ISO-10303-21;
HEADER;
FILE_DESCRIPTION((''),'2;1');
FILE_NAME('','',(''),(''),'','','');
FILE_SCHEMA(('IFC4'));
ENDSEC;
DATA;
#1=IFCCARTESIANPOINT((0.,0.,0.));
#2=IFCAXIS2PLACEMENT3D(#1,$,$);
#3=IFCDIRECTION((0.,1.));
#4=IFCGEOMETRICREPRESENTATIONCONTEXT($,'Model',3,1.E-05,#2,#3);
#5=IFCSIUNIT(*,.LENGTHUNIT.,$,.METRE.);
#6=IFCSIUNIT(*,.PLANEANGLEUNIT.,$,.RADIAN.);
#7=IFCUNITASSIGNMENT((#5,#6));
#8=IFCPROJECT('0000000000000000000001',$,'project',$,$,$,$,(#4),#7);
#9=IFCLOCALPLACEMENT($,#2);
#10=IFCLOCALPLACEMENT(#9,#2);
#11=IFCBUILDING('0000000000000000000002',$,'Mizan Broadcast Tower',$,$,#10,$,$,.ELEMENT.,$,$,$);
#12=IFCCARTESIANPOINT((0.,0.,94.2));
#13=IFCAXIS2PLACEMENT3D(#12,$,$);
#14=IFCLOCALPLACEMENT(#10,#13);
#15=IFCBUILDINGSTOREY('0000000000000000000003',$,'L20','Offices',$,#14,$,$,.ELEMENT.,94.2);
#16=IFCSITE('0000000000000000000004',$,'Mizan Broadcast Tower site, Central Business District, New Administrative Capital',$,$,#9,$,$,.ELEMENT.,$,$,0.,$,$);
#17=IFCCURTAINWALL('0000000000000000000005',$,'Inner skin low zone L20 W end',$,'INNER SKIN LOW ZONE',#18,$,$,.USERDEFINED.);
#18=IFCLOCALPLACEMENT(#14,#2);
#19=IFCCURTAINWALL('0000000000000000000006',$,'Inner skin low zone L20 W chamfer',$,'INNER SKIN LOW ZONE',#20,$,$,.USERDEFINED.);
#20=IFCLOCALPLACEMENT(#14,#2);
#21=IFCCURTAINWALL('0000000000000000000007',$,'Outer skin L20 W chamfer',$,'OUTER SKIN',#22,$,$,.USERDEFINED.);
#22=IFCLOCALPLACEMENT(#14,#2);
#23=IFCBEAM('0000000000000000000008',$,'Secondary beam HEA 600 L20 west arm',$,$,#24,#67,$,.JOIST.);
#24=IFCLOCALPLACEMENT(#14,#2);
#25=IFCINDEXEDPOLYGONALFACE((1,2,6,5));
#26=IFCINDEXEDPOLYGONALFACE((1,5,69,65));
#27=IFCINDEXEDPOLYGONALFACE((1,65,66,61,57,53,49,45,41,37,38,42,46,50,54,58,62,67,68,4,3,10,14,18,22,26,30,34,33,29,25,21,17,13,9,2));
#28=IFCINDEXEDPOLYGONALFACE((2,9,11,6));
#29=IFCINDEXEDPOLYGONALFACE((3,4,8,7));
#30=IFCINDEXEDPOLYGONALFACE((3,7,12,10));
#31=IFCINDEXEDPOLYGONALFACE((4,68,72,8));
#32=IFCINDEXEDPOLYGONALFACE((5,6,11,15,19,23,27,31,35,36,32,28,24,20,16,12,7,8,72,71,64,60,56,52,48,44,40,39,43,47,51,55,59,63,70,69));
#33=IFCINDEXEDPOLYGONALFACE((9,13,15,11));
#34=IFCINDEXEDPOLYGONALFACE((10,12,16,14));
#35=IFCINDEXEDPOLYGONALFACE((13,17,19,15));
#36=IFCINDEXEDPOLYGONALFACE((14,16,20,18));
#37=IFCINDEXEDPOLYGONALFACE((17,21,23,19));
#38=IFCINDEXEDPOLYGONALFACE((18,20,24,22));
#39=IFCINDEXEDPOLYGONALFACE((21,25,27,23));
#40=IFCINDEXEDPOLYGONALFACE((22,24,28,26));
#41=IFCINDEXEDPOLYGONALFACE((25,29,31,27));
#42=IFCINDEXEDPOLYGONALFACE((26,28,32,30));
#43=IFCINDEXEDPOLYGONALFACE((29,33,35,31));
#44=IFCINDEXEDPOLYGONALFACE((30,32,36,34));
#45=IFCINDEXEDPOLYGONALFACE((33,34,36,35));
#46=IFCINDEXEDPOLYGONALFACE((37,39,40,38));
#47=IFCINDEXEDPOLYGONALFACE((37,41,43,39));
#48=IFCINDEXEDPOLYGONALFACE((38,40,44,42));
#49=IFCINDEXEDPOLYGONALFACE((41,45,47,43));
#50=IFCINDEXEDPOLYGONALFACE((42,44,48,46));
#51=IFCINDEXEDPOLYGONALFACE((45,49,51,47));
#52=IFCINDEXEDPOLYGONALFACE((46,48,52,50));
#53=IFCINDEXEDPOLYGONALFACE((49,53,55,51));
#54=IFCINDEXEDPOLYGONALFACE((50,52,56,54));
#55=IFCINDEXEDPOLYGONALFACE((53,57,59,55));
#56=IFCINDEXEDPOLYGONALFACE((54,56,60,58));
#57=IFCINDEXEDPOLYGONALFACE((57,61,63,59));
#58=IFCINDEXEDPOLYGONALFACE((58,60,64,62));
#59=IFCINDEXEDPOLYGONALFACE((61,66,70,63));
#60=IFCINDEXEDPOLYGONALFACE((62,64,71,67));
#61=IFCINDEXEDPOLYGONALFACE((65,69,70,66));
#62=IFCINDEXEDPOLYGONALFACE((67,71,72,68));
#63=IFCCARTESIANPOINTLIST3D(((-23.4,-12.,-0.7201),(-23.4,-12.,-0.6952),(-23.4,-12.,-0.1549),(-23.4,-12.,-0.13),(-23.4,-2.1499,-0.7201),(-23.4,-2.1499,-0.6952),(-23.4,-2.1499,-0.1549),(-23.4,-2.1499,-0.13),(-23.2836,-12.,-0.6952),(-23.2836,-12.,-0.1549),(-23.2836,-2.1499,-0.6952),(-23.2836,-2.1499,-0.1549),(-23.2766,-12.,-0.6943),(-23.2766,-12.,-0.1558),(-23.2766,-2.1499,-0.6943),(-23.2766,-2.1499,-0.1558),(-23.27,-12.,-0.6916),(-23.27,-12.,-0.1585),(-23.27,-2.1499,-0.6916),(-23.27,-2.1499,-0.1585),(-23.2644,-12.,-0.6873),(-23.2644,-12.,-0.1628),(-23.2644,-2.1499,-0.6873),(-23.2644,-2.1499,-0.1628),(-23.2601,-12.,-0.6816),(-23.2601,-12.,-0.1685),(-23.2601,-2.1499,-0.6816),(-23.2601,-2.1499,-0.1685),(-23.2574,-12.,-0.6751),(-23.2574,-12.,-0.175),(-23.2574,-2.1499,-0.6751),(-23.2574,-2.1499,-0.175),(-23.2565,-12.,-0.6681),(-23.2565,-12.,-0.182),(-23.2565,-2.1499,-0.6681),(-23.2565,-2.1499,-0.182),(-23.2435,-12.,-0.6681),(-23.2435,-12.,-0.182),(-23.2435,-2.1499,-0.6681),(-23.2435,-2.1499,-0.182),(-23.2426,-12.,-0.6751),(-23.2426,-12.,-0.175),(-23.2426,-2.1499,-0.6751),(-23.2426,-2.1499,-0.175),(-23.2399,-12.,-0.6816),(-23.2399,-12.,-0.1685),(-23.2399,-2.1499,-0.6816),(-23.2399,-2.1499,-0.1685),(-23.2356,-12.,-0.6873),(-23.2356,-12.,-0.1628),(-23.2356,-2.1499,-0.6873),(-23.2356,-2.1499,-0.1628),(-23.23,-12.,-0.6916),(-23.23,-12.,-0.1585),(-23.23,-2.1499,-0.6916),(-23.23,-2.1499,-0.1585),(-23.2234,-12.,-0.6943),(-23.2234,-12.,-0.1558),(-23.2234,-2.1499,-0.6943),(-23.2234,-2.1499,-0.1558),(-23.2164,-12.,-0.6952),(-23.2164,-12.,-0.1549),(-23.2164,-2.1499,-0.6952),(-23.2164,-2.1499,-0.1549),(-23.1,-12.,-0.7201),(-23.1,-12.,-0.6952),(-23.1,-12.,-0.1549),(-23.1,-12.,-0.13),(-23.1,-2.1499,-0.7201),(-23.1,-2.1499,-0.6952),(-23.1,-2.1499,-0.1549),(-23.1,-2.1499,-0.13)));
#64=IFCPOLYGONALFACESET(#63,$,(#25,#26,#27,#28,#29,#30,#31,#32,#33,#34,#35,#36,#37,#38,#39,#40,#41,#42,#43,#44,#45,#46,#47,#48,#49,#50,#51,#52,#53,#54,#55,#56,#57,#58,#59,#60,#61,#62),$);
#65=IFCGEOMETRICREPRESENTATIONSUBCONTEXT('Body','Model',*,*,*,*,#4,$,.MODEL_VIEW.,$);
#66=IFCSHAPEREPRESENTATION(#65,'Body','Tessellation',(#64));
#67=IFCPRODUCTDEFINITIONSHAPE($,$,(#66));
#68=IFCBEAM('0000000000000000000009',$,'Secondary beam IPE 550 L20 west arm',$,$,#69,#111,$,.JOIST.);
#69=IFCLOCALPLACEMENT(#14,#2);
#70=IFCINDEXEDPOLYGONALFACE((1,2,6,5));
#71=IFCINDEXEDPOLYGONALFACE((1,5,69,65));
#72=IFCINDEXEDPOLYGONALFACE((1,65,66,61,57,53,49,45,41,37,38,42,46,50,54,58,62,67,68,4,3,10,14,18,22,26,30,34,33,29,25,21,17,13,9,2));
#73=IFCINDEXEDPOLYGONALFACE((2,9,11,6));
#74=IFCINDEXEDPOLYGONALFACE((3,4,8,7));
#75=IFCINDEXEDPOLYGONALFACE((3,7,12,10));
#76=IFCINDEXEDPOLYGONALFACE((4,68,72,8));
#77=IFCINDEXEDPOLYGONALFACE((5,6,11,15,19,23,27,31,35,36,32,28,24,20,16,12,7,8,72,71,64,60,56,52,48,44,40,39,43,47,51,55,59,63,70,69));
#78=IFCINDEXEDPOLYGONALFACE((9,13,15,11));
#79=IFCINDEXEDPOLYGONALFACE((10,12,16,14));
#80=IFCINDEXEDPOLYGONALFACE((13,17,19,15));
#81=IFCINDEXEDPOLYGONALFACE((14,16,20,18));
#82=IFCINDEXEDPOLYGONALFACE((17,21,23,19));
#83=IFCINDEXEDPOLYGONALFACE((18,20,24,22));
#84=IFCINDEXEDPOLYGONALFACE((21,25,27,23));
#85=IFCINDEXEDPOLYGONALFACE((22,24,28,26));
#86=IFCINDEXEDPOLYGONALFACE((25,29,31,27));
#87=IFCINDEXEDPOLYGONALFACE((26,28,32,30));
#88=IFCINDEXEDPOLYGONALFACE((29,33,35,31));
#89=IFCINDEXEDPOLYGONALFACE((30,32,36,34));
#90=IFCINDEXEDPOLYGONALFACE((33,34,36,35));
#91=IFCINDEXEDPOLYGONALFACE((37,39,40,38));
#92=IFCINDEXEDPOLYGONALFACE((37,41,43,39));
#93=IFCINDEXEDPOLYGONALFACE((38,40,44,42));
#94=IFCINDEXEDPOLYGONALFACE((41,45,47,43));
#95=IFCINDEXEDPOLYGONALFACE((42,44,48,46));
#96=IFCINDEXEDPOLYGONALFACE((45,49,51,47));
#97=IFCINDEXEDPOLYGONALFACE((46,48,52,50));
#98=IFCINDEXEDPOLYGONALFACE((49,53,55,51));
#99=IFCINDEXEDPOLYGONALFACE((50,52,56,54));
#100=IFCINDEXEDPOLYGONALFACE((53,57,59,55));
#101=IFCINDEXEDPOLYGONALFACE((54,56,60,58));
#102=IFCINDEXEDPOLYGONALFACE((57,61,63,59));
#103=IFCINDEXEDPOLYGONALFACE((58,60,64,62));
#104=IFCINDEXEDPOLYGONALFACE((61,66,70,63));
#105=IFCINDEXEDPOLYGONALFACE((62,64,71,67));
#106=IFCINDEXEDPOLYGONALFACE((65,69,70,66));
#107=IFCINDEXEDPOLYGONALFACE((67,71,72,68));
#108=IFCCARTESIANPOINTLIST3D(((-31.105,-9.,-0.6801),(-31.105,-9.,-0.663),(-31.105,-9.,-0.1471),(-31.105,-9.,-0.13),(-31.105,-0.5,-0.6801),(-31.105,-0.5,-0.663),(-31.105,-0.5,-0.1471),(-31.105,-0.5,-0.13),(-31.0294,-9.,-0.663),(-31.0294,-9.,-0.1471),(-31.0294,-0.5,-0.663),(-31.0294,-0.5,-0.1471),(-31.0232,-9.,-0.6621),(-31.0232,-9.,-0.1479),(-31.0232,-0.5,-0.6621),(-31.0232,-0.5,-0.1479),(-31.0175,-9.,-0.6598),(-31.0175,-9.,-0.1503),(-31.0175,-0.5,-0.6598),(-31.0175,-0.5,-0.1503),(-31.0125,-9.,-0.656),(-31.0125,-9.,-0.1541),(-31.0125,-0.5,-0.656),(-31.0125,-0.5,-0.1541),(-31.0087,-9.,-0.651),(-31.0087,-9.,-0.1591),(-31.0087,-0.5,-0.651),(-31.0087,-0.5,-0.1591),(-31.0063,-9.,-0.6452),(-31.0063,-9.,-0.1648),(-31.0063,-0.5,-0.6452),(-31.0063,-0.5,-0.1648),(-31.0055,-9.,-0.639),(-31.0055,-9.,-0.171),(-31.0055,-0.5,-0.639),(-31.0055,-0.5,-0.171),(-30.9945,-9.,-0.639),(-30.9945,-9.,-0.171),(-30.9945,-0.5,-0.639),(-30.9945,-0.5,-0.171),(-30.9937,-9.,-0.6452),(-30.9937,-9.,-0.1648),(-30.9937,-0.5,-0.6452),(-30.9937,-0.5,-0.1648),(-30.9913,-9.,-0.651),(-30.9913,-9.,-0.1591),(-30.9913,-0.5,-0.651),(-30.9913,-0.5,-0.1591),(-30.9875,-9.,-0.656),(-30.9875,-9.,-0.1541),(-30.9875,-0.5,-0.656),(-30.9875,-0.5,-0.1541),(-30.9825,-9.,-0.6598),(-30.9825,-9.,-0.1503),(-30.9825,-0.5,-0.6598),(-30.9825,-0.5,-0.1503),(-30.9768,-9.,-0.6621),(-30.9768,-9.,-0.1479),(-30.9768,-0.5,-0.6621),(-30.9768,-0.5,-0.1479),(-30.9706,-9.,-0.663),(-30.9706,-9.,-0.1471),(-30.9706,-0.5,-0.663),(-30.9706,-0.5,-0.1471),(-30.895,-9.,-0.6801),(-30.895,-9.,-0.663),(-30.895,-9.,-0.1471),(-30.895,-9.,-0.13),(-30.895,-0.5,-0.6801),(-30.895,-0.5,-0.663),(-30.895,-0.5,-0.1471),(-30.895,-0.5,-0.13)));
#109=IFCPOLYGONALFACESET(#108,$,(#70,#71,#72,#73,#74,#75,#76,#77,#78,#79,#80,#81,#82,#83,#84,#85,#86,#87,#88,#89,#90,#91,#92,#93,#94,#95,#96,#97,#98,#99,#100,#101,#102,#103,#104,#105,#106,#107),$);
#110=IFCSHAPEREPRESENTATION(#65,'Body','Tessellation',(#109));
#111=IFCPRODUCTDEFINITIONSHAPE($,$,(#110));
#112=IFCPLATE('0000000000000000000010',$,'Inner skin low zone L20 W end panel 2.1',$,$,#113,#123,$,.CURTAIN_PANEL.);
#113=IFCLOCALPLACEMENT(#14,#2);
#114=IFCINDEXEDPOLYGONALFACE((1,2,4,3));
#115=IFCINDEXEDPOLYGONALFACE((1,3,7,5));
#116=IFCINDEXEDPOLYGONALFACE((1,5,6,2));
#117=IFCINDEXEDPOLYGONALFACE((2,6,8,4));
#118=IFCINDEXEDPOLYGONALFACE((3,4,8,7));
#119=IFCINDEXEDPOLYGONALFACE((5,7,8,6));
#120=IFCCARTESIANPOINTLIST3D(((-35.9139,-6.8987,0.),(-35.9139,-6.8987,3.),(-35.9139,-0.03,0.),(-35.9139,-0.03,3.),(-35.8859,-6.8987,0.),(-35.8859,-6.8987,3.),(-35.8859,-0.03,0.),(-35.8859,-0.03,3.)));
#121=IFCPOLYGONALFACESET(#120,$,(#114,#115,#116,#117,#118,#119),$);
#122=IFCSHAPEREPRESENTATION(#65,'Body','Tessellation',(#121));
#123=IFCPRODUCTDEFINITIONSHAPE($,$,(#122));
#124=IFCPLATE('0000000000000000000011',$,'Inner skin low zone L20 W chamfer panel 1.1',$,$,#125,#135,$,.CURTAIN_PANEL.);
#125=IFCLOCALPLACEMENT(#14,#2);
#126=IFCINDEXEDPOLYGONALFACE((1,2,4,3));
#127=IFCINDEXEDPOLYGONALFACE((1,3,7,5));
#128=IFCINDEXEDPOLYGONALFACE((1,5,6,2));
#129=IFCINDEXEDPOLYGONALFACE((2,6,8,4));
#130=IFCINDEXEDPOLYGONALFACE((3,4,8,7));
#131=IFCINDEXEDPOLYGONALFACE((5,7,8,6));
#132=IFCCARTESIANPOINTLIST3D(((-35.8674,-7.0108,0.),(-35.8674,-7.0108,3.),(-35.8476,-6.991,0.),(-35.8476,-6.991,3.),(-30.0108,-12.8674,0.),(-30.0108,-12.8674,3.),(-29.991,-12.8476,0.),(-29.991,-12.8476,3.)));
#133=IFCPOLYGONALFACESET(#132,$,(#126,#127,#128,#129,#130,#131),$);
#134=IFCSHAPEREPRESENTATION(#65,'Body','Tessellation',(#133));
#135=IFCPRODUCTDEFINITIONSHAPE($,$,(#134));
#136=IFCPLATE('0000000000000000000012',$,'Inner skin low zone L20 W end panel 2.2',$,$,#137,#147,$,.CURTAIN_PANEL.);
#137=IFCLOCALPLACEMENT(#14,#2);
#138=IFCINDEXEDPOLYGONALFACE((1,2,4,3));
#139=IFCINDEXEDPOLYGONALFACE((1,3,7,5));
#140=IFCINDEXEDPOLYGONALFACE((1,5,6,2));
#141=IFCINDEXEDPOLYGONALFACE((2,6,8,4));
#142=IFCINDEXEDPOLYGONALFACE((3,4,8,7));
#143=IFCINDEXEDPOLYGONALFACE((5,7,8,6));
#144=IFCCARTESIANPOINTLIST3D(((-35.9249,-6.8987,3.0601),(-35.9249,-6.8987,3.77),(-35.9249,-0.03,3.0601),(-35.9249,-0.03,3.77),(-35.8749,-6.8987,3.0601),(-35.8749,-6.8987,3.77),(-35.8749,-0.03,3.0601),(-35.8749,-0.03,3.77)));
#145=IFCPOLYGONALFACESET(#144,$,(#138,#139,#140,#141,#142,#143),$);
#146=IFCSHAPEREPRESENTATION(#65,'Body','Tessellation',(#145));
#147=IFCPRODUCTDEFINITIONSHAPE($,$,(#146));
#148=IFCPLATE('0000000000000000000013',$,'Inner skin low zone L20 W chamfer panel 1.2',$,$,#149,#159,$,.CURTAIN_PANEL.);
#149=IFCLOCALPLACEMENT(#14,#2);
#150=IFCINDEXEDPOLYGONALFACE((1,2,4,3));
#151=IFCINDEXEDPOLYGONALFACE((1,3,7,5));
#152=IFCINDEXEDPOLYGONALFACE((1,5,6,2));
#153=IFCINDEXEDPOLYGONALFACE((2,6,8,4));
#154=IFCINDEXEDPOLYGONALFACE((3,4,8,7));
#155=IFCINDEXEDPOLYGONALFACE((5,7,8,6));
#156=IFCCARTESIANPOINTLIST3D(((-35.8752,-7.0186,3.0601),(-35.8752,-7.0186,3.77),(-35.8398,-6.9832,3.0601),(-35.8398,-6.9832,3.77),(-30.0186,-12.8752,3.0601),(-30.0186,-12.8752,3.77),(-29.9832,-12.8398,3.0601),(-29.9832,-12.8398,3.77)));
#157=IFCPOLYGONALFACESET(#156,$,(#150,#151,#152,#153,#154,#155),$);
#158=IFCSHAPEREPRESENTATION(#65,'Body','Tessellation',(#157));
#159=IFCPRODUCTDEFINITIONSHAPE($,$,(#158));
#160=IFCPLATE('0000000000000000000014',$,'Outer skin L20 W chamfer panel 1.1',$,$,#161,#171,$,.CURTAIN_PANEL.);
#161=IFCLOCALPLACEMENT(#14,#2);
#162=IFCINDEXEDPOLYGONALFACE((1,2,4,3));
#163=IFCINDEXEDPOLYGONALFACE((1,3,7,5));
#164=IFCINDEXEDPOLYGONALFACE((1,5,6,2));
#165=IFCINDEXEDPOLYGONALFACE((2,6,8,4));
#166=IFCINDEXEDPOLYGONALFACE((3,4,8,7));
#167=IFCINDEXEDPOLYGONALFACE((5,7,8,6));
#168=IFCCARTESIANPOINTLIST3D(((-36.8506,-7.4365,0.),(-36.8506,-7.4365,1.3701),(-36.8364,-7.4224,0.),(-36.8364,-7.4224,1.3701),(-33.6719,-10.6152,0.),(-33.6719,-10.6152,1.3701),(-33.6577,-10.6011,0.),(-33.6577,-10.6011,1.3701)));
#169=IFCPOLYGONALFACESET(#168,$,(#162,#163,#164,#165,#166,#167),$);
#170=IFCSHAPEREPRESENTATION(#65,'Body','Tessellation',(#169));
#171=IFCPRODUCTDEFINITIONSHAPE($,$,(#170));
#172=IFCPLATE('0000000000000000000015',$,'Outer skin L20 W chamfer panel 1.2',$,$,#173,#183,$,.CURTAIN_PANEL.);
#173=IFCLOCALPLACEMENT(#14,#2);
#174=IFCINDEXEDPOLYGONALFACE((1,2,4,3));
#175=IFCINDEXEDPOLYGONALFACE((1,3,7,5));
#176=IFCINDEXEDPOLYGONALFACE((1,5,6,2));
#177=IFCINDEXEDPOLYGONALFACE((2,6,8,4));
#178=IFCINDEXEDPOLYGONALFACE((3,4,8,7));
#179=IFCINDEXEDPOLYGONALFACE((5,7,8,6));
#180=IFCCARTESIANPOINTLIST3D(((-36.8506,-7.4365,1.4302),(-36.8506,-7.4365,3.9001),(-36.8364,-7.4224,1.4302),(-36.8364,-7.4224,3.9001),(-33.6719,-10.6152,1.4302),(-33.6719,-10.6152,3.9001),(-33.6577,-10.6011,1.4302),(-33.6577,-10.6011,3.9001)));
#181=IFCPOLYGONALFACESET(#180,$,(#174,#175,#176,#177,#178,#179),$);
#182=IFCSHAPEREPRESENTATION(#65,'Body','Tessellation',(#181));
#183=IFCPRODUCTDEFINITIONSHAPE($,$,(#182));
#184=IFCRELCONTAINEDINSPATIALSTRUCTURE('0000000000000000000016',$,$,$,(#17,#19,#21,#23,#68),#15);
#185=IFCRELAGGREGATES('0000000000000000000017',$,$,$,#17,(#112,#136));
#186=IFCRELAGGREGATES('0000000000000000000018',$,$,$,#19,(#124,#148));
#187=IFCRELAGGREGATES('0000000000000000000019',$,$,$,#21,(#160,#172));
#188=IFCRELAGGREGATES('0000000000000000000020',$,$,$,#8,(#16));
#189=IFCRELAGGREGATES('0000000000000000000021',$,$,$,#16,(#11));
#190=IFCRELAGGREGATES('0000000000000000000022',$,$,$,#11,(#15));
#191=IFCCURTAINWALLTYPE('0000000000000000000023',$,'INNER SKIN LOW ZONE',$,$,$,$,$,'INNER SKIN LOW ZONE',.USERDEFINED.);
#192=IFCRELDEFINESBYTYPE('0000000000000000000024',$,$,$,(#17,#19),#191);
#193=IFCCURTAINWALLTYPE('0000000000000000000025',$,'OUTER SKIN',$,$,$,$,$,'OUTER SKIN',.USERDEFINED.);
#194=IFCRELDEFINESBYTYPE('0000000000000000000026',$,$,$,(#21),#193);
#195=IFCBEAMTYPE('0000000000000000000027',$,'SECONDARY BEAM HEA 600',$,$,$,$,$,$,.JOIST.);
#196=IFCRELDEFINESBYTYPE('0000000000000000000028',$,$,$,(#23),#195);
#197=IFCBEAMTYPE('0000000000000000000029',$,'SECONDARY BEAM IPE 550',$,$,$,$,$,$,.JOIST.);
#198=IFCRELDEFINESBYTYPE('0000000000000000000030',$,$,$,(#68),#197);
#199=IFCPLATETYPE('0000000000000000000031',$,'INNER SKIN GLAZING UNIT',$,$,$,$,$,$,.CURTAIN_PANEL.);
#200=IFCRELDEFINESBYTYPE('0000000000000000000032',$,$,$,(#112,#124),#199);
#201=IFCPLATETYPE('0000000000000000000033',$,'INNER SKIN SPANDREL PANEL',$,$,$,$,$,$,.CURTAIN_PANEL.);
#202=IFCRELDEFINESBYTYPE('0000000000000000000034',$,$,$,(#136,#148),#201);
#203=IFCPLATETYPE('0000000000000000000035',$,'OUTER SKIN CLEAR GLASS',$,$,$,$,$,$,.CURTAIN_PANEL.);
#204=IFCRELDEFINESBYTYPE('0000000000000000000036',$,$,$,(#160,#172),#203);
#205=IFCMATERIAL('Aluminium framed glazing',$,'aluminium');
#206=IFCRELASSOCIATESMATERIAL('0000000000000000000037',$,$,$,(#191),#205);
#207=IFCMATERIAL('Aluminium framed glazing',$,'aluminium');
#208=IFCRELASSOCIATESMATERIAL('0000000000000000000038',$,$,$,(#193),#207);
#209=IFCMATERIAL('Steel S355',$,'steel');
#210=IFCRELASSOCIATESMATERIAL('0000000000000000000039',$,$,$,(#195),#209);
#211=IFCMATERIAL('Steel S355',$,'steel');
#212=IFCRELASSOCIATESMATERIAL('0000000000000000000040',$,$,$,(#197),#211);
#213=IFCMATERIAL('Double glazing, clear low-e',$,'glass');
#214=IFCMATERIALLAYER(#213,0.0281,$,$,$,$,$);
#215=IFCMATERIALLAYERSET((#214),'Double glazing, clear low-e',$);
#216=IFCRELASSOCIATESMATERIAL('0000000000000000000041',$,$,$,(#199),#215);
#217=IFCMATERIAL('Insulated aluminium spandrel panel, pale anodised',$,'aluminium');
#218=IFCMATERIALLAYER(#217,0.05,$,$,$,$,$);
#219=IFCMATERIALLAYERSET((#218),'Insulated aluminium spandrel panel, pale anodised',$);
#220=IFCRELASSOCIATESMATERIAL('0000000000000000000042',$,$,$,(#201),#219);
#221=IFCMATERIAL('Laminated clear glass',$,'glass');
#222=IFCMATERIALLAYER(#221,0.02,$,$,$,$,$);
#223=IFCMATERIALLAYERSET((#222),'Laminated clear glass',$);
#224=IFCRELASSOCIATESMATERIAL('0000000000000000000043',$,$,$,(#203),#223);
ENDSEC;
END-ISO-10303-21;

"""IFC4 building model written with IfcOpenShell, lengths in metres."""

from ifc_helpers import new_model, si_unit, direction, frame, origin, origin_2d, place, context, subcontext, project, spatial, rectangle, i_section, extrude, material, layer, layer_set, material_profile, profile_set, type_object, element, aggregate, save


model = new_model("IFC4")

# Units and contexts
model_context = context("Model", 3, precision=1e-05, world=origin(), true_north=direction((0.0, 1.0)))
body_context = subcontext(model_context, "Body", "Model", "MODEL_VIEW")
ifc_project = project(units=[si_unit("LENGTHUNIT", "METRE"), si_unit("PLANEANGLEUNIT", "RADIAN")], contexts=[model_context])

# Site, building, storey
site_placement = place(None, origin())
site = spatial("IfcSite", under=ifc_project, at=site_placement, Name="Mizan Broadcast Tower site, Central Business District, New Administrative Capital", CompositionType="ELEMENT", RefElevation=0.0)
building_placement = place(site_placement, origin())
building = spatial("IfcBuilding", under=site, at=building_placement, Name="Mizan Broadcast Tower", CompositionType="ELEMENT")
storey_placement = place(building_placement, frame((0.0, 0.0, 94.2)))
storey = spatial("IfcBuildingStorey", under=building, at=storey_placement, Name="L20", Description="Offices", CompositionType="ELEMENT", Elevation=94.2)

# Curtain wall
ifc_material_1 = material(Name="Aluminium framed glazing", Category="aluminium")
curtain_wall_type_1 = type_object("IfcCurtainWallType", Name="INNER SKIN LOW ZONE", ElementType="INNER SKIN LOW ZONE", PredefinedType="USERDEFINED", material=ifc_material_1)
curtain_wall_1_placement = place(storey_placement, origin())
curtain_wall_1 = element("IfcCurtainWall", 1, at=curtain_wall_1_placement, inside=storey, type_object=curtain_wall_type_1, Name="Inner skin low zone L20 W end", ObjectType="INNER SKIN LOW ZONE", PredefinedType="USERDEFINED")

# Curtain wall
curtain_wall_2_placement = place(storey_placement, origin())
curtain_wall_2 = element("IfcCurtainWall", 2, at=curtain_wall_2_placement, inside=storey, type_object=curtain_wall_type_1, Name="Inner skin low zone L20 W chamfer", ObjectType="INNER SKIN LOW ZONE", PredefinedType="USERDEFINED")

# Shared definitions
ifc_material_2 = material(Name="Aluminium framed glazing", Category="aluminium")
curtain_wall_type_2 = type_object("IfcCurtainWallType", Name="OUTER SKIN", ElementType="OUTER SKIN", PredefinedType="USERDEFINED", material=ifc_material_2)

# Curtain wall
curtain_wall_3_placement = place(storey_placement, origin())
curtain_wall_3 = element("IfcCurtainWall", 3, at=curtain_wall_3_placement, inside=storey, type_object=curtain_wall_type_2, Name="Outer skin L20 W chamfer", ObjectType="OUTER SKIN", PredefinedType="USERDEFINED")

# Beams
ifc_material_3 = material(Name="Steel S355", Category="steel")
ifc_material_profile_1 = material_profile(ifc_material_3, i_section(OverallWidth=0.3, OverallDepth=0.5901, WebThickness=0.0129, FlangeThickness=0.0249, FilletRadius=0.0271, at=origin_2d()), Name="HEA 600")
ifc_profile_set_1 = profile_set([ifc_material_profile_1], Name="Steel S355")
beam_type_1 = type_object("IfcBeamType", Name="SECONDARY BEAM HEA 600", PredefinedType="JOIST", material=ifc_profile_set_1)
for number, where, z_axis, x_axis, name in (
    (4, (-23.25, -12.0, -0.425), (0.0, 1.0, 0.0), (-1.0, 0.0, 0.0), "Secondary beam HEA 600 L20 west arm"),
):
    element("IfcBeam", number, at=place(storey_placement, frame(where, z_axis=z_axis, x_axis=x_axis)), inside=storey, type_object=beam_type_1, Name=name, PredefinedType="JOIST", context=body_context, shape_type="SweptSolid", body=[
        extrude(i_section(OverallWidth=0.3, OverallDepth=0.5901, WebThickness=0.0129, FlangeThickness=0.0249, FilletRadius=0.0271, at=origin_2d()), origin(), (0.0, 0.0, 1.0), 9.8501),
    ])
ifc_material_4 = material(Name="Steel S355", Category="steel")
ifc_material_profile_2 = material_profile(ifc_material_4, i_section(OverallWidth=0.21, OverallDepth=0.55, WebThickness=0.011, FlangeThickness=0.0171, FilletRadius=0.0239, at=origin_2d()), Name="IPE 550")
ifc_profile_set_2 = profile_set([ifc_material_profile_2], Name="Steel S355")
beam_type_2 = type_object("IfcBeamType", Name="SECONDARY BEAM IPE 550", PredefinedType="JOIST", material=ifc_profile_set_2)
beam_1_placement = place(storey_placement, frame((-31.0, -9.0, -0.405), z_axis=(0.0, 1.0, 0.0), x_axis=(-1.0, 0.0, 0.0)))
element("IfcBeam", 5, at=beam_1_placement, inside=storey, type_object=beam_type_2, Name="Secondary beam IPE 550 L20 west arm", PredefinedType="JOIST", context=body_context, shape_type="SweptSolid", body=[
    extrude(i_section(OverallWidth=0.21, OverallDepth=0.55, WebThickness=0.011, FlangeThickness=0.0171, FilletRadius=0.0239, at=origin_2d()), origin(), (0.0, 0.0, 1.0), 8.5),
])

# Plates
ifc_material_5 = material(Name="Double glazing, clear low-e", Category="glass")
ifc_layer_1 = layer(ifc_material_5, 0.0281)
ifc_layer_set_1 = layer_set([ifc_layer_1], Name="Double glazing, clear low-e")
plate_type_1 = type_object("IfcPlateType", Name="INNER SKIN GLAZING UNIT", PredefinedType="CURTAIN_PANEL", material=ifc_layer_set_1)
plate_1_placement = place(storey_placement, frame((-35.8999, -3.4644, 0.0), z_axis=(0.0, 0.0, 1.0), x_axis=(0.0, -1.0, 0.0)))
plate_1 = element("IfcPlate", 6, at=plate_1_placement, type_object=plate_type_1, Name="Inner skin low zone L20 W end panel 2.1", PredefinedType="CURTAIN_PANEL", context=body_context, shape_type="SweptSolid", body=[
    extrude(rectangle(XDim=6.8687, YDim=0.0281, at=origin_2d()), origin(), (0.0, 0.0, 1.0), 3.0),
])
plate_2_placement = place(storey_placement, frame((-32.9292, -9.9292, 0.0), z_axis=(0.0, 0.0, 1.0), x_axis=(0.707107, -0.707107, 0.0)))
plate_2 = element("IfcPlate", 7, at=plate_2_placement, type_object=plate_type_1, Name="Inner skin low zone L20 W chamfer panel 1.1", PredefinedType="CURTAIN_PANEL", context=body_context, shape_type="SweptSolid", body=[
    extrude(rectangle(XDim=8.2825, YDim=0.0281, at=origin_2d()), origin(), (0.0, 0.0, 1.0), 3.0),
])
ifc_material_6 = material(Name="Insulated aluminium spandrel panel, pale anodised", Category="aluminium")
ifc_layer_2 = layer(ifc_material_6, 0.05)
ifc_layer_set_2 = layer_set([ifc_layer_2], Name="Insulated aluminium spandrel panel, pale anodised")
plate_type_2 = type_object("IfcPlateType", Name="INNER SKIN SPANDREL PANEL", PredefinedType="CURTAIN_PANEL", material=ifc_layer_set_2)
plate_3_placement = place(storey_placement, frame((-35.8999, -3.4644, 3.0601), z_axis=(0.0, 0.0, 1.0), x_axis=(0.0, -1.0, 0.0)))
plate_3 = element("IfcPlate", 8, at=plate_3_placement, type_object=plate_type_2, Name="Inner skin low zone L20 W end panel 2.2", PredefinedType="CURTAIN_PANEL", context=body_context, shape_type="SweptSolid", body=[
    extrude(rectangle(XDim=6.8687, YDim=0.05, at=origin_2d()), origin(), (0.0, 0.0, 1.0), 0.71),
])
aggregate(curtain_wall_1, [plate_1, plate_3])
plate_4_placement = place(storey_placement, frame((-32.9292, -9.9292, 3.0601), z_axis=(0.0, 0.0, 1.0), x_axis=(0.707107, -0.707107, 0.0)))
plate_4 = element("IfcPlate", 9, at=plate_4_placement, type_object=plate_type_2, Name="Inner skin low zone L20 W chamfer panel 1.2", PredefinedType="CURTAIN_PANEL", context=body_context, shape_type="SweptSolid", body=[
    extrude(rectangle(XDim=8.2825, YDim=0.05, at=origin_2d()), origin(), (0.0, 0.0, 1.0), 0.71),
])
aggregate(curtain_wall_2, [plate_2, plate_4])
ifc_material_7 = material(Name="Laminated clear glass", Category="glass")
ifc_layer_3 = layer(ifc_material_7, 0.02)
ifc_layer_set_3 = layer_set([ifc_layer_3], Name="Laminated clear glass")
plate_type_3 = type_object("IfcPlateType", Name="OUTER SKIN CLEAR GLASS", PredefinedType="CURTAIN_PANEL", material=ifc_layer_set_3)
plate_5_placement = place(storey_placement, frame((-35.2542, -9.0188, 0.0), z_axis=(0.0, 0.0, 1.0), x_axis=(0.707107, -0.707107, 0.0)))
plate_5 = element("IfcPlate", 10, at=plate_5_placement, type_object=plate_type_3, Name="Outer skin L20 W chamfer panel 1.1", PredefinedType="CURTAIN_PANEL", context=body_context, shape_type="SweptSolid", body=[
    extrude(rectangle(XDim=4.4954, YDim=0.02, at=origin_2d()), origin(), (0.0, 0.0, 1.0), 1.3701),
])
plate_6_placement = place(storey_placement, frame((-35.2542, -9.0188, 1.4302), z_axis=(0.0, 0.0, 1.0), x_axis=(0.707107, -0.707107, 0.0)))
plate_6 = element("IfcPlate", 11, at=plate_6_placement, type_object=plate_type_3, Name="Outer skin L20 W chamfer panel 1.2", PredefinedType="CURTAIN_PANEL", context=body_context, shape_type="SweptSolid", body=[
    extrude(rectangle(XDim=4.4954, YDim=0.02, at=origin_2d()), origin(), (0.0, 0.0, 1.0), 2.47),
])
aggregate(curtain_wall_3, [plate_5, plate_6])

save(model, "model.ifc")
